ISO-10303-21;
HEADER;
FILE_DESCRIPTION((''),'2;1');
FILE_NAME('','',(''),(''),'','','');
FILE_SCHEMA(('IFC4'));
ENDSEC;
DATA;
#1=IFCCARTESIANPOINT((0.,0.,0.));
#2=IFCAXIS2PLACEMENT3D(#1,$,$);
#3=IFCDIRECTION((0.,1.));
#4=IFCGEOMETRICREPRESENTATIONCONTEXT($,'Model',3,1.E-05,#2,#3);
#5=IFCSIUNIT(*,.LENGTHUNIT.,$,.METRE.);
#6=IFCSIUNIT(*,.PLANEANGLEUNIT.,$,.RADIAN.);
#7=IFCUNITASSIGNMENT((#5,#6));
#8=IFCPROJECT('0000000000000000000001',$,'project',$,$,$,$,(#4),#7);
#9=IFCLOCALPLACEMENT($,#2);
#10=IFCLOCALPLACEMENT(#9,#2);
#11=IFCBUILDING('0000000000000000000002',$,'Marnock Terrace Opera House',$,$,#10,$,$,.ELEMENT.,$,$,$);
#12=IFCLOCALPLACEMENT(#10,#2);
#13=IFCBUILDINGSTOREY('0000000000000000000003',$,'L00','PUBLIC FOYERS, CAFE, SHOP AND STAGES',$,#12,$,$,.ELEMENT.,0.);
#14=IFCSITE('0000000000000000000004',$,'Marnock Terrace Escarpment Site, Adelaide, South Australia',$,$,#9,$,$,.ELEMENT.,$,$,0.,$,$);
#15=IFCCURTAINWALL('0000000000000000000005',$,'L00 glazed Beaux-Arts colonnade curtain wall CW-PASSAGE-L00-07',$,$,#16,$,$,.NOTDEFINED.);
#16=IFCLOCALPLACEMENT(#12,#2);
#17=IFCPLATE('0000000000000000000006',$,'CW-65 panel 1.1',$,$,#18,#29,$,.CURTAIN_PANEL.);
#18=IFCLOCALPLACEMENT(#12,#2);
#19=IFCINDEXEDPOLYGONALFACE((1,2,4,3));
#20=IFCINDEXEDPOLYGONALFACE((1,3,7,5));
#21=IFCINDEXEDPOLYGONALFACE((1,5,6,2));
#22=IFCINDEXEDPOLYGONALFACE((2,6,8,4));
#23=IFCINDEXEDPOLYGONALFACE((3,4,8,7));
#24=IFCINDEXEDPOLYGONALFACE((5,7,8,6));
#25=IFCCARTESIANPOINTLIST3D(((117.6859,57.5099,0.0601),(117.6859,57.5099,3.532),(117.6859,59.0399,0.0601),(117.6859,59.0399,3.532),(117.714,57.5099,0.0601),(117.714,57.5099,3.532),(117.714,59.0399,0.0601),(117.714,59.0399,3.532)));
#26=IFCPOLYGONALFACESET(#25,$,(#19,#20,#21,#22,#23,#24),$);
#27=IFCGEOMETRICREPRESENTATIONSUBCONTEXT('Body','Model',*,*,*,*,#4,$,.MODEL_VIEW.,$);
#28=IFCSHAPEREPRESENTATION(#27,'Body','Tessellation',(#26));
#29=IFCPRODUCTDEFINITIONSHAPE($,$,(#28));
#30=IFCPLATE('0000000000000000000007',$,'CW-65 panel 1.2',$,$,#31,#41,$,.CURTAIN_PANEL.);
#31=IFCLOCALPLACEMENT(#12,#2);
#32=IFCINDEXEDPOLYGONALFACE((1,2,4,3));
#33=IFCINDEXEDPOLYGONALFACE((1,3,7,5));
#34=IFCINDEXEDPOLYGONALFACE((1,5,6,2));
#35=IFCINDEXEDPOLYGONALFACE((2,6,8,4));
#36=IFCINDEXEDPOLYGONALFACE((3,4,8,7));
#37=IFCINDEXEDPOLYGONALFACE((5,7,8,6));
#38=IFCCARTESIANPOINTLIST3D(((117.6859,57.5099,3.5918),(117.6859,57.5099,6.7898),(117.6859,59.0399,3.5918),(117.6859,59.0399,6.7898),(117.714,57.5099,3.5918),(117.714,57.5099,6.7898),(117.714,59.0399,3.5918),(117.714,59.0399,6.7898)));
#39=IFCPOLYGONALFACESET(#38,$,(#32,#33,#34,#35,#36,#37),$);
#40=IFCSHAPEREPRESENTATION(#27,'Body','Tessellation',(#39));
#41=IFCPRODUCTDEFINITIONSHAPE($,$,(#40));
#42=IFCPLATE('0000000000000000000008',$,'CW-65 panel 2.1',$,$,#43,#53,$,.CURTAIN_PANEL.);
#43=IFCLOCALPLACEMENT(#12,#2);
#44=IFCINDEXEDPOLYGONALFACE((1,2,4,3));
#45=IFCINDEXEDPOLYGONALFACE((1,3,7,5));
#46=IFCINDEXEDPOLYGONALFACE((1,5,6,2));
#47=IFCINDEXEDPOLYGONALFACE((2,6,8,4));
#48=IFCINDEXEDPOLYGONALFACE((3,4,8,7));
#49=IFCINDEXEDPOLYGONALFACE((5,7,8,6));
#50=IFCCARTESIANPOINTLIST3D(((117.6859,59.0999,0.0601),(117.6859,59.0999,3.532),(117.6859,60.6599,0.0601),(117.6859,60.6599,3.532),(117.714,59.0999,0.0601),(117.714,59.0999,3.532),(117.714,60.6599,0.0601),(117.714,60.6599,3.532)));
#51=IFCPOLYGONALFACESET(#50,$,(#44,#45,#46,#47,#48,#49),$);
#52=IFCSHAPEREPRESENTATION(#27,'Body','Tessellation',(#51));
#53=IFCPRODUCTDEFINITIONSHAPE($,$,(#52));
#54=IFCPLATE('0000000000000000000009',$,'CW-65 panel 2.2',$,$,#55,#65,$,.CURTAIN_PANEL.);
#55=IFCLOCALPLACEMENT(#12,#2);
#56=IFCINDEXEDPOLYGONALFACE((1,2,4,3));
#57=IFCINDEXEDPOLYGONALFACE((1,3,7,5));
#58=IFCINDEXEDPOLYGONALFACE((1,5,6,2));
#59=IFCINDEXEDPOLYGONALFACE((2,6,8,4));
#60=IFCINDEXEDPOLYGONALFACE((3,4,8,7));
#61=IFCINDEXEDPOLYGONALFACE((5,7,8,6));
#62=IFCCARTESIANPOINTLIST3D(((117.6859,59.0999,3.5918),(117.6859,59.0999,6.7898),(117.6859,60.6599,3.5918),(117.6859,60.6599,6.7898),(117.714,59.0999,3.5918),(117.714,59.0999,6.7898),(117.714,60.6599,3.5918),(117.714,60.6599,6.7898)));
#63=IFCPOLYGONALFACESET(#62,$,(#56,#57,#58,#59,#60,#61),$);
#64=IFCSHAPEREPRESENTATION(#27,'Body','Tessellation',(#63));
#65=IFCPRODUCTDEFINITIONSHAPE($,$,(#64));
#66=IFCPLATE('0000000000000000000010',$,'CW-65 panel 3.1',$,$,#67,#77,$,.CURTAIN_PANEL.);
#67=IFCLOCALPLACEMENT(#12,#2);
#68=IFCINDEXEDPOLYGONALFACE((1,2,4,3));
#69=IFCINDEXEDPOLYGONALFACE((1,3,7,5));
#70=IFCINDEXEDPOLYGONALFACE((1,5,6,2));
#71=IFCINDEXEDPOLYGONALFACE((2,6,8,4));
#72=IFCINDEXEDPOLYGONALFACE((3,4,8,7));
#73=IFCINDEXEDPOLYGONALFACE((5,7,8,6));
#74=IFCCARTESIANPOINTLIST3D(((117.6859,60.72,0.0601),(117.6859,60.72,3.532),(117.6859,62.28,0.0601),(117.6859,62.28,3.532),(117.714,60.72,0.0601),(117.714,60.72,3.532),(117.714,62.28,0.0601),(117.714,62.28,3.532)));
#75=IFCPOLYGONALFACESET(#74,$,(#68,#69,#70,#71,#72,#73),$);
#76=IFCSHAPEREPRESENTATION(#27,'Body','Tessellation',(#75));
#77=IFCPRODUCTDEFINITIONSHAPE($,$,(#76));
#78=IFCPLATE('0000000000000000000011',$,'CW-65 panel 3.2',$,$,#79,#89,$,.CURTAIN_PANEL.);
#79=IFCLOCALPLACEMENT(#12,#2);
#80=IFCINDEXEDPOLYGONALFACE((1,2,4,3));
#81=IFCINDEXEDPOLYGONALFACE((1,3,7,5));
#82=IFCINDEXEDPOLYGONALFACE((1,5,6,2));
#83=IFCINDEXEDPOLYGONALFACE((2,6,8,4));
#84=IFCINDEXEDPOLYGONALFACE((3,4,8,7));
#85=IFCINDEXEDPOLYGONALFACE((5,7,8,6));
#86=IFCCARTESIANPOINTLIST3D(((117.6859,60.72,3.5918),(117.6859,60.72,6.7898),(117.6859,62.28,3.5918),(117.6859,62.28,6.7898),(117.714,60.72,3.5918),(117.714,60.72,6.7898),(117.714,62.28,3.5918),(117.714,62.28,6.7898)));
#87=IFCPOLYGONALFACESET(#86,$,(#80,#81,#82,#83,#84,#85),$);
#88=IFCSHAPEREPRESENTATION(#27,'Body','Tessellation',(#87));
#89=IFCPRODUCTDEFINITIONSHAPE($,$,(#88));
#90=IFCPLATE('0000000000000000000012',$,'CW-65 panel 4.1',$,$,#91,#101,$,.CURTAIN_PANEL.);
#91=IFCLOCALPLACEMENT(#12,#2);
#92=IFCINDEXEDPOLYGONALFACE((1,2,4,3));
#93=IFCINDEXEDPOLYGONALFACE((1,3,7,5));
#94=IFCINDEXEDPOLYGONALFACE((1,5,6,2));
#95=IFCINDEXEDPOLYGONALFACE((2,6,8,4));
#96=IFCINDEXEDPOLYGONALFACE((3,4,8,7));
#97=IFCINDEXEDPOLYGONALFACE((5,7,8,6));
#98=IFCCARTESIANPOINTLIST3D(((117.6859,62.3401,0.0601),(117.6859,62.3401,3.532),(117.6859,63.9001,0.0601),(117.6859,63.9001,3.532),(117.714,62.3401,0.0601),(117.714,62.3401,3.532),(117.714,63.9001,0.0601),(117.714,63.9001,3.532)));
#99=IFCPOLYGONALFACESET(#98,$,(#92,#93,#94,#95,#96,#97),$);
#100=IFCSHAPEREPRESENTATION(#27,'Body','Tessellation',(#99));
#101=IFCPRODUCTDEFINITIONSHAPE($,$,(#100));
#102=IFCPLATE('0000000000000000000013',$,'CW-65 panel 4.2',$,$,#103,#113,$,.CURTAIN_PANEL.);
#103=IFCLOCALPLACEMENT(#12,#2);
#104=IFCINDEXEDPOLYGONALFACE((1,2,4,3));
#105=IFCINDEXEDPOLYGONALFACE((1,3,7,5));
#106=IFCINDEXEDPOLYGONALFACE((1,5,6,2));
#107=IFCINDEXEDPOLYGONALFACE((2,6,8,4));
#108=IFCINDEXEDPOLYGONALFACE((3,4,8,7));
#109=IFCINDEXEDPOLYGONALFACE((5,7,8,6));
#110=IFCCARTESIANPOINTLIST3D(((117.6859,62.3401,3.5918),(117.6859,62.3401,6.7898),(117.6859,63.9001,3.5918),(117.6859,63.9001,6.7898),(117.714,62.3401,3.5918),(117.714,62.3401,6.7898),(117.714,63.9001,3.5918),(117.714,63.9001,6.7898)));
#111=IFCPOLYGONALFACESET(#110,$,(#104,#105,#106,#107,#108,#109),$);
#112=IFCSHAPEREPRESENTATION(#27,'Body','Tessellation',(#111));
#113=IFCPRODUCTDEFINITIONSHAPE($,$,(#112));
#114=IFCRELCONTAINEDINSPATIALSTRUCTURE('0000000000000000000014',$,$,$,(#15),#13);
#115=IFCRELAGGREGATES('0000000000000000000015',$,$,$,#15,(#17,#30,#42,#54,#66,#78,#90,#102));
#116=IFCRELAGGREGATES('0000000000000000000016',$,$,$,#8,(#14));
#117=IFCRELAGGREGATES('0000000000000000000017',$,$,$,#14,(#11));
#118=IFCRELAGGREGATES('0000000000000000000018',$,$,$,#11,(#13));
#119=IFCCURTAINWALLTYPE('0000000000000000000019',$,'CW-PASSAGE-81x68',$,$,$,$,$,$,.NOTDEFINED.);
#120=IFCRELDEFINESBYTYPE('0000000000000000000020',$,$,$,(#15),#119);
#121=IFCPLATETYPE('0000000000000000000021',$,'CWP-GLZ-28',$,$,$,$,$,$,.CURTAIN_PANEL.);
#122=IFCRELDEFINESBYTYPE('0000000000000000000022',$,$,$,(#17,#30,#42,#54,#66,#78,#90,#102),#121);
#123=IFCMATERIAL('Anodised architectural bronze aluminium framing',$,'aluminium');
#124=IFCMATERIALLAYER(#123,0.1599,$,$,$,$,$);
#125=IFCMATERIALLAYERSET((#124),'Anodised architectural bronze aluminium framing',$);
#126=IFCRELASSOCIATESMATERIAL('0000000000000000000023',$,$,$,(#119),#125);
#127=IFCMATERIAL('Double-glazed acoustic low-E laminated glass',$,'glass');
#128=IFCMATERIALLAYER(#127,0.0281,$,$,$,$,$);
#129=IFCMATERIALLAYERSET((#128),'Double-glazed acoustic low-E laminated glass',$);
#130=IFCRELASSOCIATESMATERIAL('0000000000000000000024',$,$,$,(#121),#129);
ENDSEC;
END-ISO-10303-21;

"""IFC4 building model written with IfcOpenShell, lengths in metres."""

from ifc_helpers import new_model, si_unit, direction, frame, origin, origin_2d, place, context, subcontext, project, spatial, rectangle, extrude, material, layer, layer_set, type_object, element, aggregate, save


model = new_model("IFC4")

# Units and contexts
model_context = context("Model", 3, precision=1e-05, world=origin(), true_north=direction((0.0, 1.0)))
body_context = subcontext(model_context, "Body", "Model", "MODEL_VIEW")
ifc_project = project(units=[si_unit("LENGTHUNIT", "METRE"), si_unit("PLANEANGLEUNIT", "RADIAN")], contexts=[model_context])

# Site, building, storey
site_placement = place(None, origin())
site = spatial("IfcSite", under=ifc_project, at=site_placement, Name="Marnock Terrace Escarpment Site, Adelaide, South Australia", CompositionType="ELEMENT", RefElevation=0.0)
building_placement = place(site_placement, origin())
building = spatial("IfcBuilding", under=site, at=building_placement, Name="Marnock Terrace Opera House", CompositionType="ELEMENT")
storey_placement = place(building_placement, origin())
storey = spatial("IfcBuildingStorey", under=building, at=storey_placement, Name="L00", Description="PUBLIC FOYERS, CAFE, SHOP AND STAGES", CompositionType="ELEMENT", Elevation=0.0)

# Curtain wall, plates
ifc_material_1 = material(Name="Anodised architectural bronze aluminium framing", Category="aluminium")
ifc_layer_1 = layer(ifc_material_1, 0.1599)
ifc_layer_set_1 = layer_set([ifc_layer_1], Name="Anodised architectural bronze aluminium framing")
curtain_wall_type = type_object("IfcCurtainWallType", Name="CW-PASSAGE-81x68", PredefinedType="NOTDEFINED", material=ifc_layer_set_1)
curtain_wall_placement = place(storey_placement, origin())
curtain_wall = element("IfcCurtainWall", 1, at=curtain_wall_placement, inside=storey, type_object=curtain_wall_type, Name="L00 glazed Beaux-Arts colonnade curtain wall CW-PASSAGE-L00-07", PredefinedType="NOTDEFINED")
ifc_material_2 = material(Name="Double-glazed acoustic low-E laminated glass", Category="glass")
ifc_layer_2 = layer(ifc_material_2, 0.0281)
ifc_layer_set_2 = layer_set([ifc_layer_2], Name="Double-glazed acoustic low-E laminated glass")
plate_type = type_object("IfcPlateType", Name="CWP-GLZ-28", PredefinedType="CURTAIN_PANEL", material=ifc_layer_set_2)
plate_1_placement = place(storey_placement, frame((117.7, 58.2749, 0.0601), z_axis=(0.0, 0.0, 1.0), x_axis=(0.0, 1.0, 0.0)))
plate_1 = element("IfcPlate", 2, at=plate_1_placement, type_object=plate_type, Name="CW-65 panel 1.1", PredefinedType="CURTAIN_PANEL", context=body_context, shape_type="SweptSolid", body=[
    extrude(rectangle(XDim=1.53, YDim=0.0281, at=origin_2d()), origin(), (0.0, 0.0, 1.0), 3.4719),
])
plate_2_placement = place(storey_placement, frame((117.7, 58.2749, 3.5918), z_axis=(0.0, 0.0, 1.0), x_axis=(0.0, 1.0, 0.0)))
plate_2 = element("IfcPlate", 3, at=plate_2_placement, type_object=plate_type, Name="CW-65 panel 1.2", PredefinedType="CURTAIN_PANEL", context=body_context, shape_type="SweptSolid", body=[
    extrude(rectangle(XDim=1.53, YDim=0.0281, at=origin_2d()), origin(), (0.0, 0.0, 1.0), 3.198),
])
plate_3_placement = place(storey_placement, frame((117.7, 59.8799, 0.0601), z_axis=(0.0, 0.0, 1.0), x_axis=(0.0, 1.0, 0.0)))
plate_3 = element("IfcPlate", 4, at=plate_3_placement, type_object=plate_type, Name="CW-65 panel 2.1", PredefinedType="CURTAIN_PANEL", context=body_context, shape_type="SweptSolid", body=[
    extrude(rectangle(XDim=1.5601, YDim=0.0281, at=origin_2d()), origin(), (0.0, 0.0, 1.0), 3.4719),
])
plate_4_placement = place(storey_placement, frame((117.7, 59.8799, 3.5918), z_axis=(0.0, 0.0, 1.0), x_axis=(0.0, 1.0, 0.0)))
plate_4 = element("IfcPlate", 5, at=plate_4_placement, type_object=plate_type, Name="CW-65 panel 2.2", PredefinedType="CURTAIN_PANEL", context=body_context, shape_type="SweptSolid", body=[
    extrude(rectangle(XDim=1.5601, YDim=0.0281, at=origin_2d()), origin(), (0.0, 0.0, 1.0), 3.198),
])
plate_5_placement = place(storey_placement, frame((117.7, 61.5, 0.0601), z_axis=(0.0, 0.0, 1.0), x_axis=(0.0, 1.0, 0.0)))
plate_5 = element("IfcPlate", 6, at=plate_5_placement, type_object=plate_type, Name="CW-65 panel 3.1", PredefinedType="CURTAIN_PANEL", context=body_context, shape_type="SweptSolid", body=[
    extrude(rectangle(XDim=1.5601, YDim=0.0281, at=origin_2d()), origin(), (0.0, 0.0, 1.0), 3.4719),
])
plate_6_placement = place(storey_placement, frame((117.7, 61.5, 3.5918), z_axis=(0.0, 0.0, 1.0), x_axis=(0.0, 1.0, 0.0)))
plate_6 = element("IfcPlate", 7, at=plate_6_placement, type_object=plate_type, Name="CW-65 panel 3.2", PredefinedType="CURTAIN_PANEL", context=body_context, shape_type="SweptSolid", body=[
    extrude(rectangle(XDim=1.5601, YDim=0.0281, at=origin_2d()), origin(), (0.0, 0.0, 1.0), 3.198),
])
plate_7_placement = place(storey_placement, frame((117.7, 63.1201, 0.0601), z_axis=(0.0, 0.0, 1.0), x_axis=(0.0, 1.0, 0.0)))
plate_7 = element("IfcPlate", 8, at=plate_7_placement, type_object=plate_type, Name="CW-65 panel 4.1", PredefinedType="CURTAIN_PANEL", context=body_context, shape_type="SweptSolid", body=[
    extrude(rectangle(XDim=1.5601, YDim=0.0281, at=origin_2d()), origin(), (0.0, 0.0, 1.0), 3.4719),
])
plate_8_placement = place(storey_placement, frame((117.7, 63.1201, 3.5918), z_axis=(0.0, 0.0, 1.0), x_axis=(0.0, 1.0, 0.0)))
plate_8 = element("IfcPlate", 9, at=plate_8_placement, type_object=plate_type, Name="CW-65 panel 4.2", PredefinedType="CURTAIN_PANEL", context=body_context, shape_type="SweptSolid", body=[
    extrude(rectangle(XDim=1.5601, YDim=0.0281, at=origin_2d()), origin(), (0.0, 0.0, 1.0), 3.198),
])
aggregate(curtain_wall, [plate_1, plate_2, plate_3, plate_4, plate_5, plate_6, plate_7, plate_8])

save(model, "model.ifc")
